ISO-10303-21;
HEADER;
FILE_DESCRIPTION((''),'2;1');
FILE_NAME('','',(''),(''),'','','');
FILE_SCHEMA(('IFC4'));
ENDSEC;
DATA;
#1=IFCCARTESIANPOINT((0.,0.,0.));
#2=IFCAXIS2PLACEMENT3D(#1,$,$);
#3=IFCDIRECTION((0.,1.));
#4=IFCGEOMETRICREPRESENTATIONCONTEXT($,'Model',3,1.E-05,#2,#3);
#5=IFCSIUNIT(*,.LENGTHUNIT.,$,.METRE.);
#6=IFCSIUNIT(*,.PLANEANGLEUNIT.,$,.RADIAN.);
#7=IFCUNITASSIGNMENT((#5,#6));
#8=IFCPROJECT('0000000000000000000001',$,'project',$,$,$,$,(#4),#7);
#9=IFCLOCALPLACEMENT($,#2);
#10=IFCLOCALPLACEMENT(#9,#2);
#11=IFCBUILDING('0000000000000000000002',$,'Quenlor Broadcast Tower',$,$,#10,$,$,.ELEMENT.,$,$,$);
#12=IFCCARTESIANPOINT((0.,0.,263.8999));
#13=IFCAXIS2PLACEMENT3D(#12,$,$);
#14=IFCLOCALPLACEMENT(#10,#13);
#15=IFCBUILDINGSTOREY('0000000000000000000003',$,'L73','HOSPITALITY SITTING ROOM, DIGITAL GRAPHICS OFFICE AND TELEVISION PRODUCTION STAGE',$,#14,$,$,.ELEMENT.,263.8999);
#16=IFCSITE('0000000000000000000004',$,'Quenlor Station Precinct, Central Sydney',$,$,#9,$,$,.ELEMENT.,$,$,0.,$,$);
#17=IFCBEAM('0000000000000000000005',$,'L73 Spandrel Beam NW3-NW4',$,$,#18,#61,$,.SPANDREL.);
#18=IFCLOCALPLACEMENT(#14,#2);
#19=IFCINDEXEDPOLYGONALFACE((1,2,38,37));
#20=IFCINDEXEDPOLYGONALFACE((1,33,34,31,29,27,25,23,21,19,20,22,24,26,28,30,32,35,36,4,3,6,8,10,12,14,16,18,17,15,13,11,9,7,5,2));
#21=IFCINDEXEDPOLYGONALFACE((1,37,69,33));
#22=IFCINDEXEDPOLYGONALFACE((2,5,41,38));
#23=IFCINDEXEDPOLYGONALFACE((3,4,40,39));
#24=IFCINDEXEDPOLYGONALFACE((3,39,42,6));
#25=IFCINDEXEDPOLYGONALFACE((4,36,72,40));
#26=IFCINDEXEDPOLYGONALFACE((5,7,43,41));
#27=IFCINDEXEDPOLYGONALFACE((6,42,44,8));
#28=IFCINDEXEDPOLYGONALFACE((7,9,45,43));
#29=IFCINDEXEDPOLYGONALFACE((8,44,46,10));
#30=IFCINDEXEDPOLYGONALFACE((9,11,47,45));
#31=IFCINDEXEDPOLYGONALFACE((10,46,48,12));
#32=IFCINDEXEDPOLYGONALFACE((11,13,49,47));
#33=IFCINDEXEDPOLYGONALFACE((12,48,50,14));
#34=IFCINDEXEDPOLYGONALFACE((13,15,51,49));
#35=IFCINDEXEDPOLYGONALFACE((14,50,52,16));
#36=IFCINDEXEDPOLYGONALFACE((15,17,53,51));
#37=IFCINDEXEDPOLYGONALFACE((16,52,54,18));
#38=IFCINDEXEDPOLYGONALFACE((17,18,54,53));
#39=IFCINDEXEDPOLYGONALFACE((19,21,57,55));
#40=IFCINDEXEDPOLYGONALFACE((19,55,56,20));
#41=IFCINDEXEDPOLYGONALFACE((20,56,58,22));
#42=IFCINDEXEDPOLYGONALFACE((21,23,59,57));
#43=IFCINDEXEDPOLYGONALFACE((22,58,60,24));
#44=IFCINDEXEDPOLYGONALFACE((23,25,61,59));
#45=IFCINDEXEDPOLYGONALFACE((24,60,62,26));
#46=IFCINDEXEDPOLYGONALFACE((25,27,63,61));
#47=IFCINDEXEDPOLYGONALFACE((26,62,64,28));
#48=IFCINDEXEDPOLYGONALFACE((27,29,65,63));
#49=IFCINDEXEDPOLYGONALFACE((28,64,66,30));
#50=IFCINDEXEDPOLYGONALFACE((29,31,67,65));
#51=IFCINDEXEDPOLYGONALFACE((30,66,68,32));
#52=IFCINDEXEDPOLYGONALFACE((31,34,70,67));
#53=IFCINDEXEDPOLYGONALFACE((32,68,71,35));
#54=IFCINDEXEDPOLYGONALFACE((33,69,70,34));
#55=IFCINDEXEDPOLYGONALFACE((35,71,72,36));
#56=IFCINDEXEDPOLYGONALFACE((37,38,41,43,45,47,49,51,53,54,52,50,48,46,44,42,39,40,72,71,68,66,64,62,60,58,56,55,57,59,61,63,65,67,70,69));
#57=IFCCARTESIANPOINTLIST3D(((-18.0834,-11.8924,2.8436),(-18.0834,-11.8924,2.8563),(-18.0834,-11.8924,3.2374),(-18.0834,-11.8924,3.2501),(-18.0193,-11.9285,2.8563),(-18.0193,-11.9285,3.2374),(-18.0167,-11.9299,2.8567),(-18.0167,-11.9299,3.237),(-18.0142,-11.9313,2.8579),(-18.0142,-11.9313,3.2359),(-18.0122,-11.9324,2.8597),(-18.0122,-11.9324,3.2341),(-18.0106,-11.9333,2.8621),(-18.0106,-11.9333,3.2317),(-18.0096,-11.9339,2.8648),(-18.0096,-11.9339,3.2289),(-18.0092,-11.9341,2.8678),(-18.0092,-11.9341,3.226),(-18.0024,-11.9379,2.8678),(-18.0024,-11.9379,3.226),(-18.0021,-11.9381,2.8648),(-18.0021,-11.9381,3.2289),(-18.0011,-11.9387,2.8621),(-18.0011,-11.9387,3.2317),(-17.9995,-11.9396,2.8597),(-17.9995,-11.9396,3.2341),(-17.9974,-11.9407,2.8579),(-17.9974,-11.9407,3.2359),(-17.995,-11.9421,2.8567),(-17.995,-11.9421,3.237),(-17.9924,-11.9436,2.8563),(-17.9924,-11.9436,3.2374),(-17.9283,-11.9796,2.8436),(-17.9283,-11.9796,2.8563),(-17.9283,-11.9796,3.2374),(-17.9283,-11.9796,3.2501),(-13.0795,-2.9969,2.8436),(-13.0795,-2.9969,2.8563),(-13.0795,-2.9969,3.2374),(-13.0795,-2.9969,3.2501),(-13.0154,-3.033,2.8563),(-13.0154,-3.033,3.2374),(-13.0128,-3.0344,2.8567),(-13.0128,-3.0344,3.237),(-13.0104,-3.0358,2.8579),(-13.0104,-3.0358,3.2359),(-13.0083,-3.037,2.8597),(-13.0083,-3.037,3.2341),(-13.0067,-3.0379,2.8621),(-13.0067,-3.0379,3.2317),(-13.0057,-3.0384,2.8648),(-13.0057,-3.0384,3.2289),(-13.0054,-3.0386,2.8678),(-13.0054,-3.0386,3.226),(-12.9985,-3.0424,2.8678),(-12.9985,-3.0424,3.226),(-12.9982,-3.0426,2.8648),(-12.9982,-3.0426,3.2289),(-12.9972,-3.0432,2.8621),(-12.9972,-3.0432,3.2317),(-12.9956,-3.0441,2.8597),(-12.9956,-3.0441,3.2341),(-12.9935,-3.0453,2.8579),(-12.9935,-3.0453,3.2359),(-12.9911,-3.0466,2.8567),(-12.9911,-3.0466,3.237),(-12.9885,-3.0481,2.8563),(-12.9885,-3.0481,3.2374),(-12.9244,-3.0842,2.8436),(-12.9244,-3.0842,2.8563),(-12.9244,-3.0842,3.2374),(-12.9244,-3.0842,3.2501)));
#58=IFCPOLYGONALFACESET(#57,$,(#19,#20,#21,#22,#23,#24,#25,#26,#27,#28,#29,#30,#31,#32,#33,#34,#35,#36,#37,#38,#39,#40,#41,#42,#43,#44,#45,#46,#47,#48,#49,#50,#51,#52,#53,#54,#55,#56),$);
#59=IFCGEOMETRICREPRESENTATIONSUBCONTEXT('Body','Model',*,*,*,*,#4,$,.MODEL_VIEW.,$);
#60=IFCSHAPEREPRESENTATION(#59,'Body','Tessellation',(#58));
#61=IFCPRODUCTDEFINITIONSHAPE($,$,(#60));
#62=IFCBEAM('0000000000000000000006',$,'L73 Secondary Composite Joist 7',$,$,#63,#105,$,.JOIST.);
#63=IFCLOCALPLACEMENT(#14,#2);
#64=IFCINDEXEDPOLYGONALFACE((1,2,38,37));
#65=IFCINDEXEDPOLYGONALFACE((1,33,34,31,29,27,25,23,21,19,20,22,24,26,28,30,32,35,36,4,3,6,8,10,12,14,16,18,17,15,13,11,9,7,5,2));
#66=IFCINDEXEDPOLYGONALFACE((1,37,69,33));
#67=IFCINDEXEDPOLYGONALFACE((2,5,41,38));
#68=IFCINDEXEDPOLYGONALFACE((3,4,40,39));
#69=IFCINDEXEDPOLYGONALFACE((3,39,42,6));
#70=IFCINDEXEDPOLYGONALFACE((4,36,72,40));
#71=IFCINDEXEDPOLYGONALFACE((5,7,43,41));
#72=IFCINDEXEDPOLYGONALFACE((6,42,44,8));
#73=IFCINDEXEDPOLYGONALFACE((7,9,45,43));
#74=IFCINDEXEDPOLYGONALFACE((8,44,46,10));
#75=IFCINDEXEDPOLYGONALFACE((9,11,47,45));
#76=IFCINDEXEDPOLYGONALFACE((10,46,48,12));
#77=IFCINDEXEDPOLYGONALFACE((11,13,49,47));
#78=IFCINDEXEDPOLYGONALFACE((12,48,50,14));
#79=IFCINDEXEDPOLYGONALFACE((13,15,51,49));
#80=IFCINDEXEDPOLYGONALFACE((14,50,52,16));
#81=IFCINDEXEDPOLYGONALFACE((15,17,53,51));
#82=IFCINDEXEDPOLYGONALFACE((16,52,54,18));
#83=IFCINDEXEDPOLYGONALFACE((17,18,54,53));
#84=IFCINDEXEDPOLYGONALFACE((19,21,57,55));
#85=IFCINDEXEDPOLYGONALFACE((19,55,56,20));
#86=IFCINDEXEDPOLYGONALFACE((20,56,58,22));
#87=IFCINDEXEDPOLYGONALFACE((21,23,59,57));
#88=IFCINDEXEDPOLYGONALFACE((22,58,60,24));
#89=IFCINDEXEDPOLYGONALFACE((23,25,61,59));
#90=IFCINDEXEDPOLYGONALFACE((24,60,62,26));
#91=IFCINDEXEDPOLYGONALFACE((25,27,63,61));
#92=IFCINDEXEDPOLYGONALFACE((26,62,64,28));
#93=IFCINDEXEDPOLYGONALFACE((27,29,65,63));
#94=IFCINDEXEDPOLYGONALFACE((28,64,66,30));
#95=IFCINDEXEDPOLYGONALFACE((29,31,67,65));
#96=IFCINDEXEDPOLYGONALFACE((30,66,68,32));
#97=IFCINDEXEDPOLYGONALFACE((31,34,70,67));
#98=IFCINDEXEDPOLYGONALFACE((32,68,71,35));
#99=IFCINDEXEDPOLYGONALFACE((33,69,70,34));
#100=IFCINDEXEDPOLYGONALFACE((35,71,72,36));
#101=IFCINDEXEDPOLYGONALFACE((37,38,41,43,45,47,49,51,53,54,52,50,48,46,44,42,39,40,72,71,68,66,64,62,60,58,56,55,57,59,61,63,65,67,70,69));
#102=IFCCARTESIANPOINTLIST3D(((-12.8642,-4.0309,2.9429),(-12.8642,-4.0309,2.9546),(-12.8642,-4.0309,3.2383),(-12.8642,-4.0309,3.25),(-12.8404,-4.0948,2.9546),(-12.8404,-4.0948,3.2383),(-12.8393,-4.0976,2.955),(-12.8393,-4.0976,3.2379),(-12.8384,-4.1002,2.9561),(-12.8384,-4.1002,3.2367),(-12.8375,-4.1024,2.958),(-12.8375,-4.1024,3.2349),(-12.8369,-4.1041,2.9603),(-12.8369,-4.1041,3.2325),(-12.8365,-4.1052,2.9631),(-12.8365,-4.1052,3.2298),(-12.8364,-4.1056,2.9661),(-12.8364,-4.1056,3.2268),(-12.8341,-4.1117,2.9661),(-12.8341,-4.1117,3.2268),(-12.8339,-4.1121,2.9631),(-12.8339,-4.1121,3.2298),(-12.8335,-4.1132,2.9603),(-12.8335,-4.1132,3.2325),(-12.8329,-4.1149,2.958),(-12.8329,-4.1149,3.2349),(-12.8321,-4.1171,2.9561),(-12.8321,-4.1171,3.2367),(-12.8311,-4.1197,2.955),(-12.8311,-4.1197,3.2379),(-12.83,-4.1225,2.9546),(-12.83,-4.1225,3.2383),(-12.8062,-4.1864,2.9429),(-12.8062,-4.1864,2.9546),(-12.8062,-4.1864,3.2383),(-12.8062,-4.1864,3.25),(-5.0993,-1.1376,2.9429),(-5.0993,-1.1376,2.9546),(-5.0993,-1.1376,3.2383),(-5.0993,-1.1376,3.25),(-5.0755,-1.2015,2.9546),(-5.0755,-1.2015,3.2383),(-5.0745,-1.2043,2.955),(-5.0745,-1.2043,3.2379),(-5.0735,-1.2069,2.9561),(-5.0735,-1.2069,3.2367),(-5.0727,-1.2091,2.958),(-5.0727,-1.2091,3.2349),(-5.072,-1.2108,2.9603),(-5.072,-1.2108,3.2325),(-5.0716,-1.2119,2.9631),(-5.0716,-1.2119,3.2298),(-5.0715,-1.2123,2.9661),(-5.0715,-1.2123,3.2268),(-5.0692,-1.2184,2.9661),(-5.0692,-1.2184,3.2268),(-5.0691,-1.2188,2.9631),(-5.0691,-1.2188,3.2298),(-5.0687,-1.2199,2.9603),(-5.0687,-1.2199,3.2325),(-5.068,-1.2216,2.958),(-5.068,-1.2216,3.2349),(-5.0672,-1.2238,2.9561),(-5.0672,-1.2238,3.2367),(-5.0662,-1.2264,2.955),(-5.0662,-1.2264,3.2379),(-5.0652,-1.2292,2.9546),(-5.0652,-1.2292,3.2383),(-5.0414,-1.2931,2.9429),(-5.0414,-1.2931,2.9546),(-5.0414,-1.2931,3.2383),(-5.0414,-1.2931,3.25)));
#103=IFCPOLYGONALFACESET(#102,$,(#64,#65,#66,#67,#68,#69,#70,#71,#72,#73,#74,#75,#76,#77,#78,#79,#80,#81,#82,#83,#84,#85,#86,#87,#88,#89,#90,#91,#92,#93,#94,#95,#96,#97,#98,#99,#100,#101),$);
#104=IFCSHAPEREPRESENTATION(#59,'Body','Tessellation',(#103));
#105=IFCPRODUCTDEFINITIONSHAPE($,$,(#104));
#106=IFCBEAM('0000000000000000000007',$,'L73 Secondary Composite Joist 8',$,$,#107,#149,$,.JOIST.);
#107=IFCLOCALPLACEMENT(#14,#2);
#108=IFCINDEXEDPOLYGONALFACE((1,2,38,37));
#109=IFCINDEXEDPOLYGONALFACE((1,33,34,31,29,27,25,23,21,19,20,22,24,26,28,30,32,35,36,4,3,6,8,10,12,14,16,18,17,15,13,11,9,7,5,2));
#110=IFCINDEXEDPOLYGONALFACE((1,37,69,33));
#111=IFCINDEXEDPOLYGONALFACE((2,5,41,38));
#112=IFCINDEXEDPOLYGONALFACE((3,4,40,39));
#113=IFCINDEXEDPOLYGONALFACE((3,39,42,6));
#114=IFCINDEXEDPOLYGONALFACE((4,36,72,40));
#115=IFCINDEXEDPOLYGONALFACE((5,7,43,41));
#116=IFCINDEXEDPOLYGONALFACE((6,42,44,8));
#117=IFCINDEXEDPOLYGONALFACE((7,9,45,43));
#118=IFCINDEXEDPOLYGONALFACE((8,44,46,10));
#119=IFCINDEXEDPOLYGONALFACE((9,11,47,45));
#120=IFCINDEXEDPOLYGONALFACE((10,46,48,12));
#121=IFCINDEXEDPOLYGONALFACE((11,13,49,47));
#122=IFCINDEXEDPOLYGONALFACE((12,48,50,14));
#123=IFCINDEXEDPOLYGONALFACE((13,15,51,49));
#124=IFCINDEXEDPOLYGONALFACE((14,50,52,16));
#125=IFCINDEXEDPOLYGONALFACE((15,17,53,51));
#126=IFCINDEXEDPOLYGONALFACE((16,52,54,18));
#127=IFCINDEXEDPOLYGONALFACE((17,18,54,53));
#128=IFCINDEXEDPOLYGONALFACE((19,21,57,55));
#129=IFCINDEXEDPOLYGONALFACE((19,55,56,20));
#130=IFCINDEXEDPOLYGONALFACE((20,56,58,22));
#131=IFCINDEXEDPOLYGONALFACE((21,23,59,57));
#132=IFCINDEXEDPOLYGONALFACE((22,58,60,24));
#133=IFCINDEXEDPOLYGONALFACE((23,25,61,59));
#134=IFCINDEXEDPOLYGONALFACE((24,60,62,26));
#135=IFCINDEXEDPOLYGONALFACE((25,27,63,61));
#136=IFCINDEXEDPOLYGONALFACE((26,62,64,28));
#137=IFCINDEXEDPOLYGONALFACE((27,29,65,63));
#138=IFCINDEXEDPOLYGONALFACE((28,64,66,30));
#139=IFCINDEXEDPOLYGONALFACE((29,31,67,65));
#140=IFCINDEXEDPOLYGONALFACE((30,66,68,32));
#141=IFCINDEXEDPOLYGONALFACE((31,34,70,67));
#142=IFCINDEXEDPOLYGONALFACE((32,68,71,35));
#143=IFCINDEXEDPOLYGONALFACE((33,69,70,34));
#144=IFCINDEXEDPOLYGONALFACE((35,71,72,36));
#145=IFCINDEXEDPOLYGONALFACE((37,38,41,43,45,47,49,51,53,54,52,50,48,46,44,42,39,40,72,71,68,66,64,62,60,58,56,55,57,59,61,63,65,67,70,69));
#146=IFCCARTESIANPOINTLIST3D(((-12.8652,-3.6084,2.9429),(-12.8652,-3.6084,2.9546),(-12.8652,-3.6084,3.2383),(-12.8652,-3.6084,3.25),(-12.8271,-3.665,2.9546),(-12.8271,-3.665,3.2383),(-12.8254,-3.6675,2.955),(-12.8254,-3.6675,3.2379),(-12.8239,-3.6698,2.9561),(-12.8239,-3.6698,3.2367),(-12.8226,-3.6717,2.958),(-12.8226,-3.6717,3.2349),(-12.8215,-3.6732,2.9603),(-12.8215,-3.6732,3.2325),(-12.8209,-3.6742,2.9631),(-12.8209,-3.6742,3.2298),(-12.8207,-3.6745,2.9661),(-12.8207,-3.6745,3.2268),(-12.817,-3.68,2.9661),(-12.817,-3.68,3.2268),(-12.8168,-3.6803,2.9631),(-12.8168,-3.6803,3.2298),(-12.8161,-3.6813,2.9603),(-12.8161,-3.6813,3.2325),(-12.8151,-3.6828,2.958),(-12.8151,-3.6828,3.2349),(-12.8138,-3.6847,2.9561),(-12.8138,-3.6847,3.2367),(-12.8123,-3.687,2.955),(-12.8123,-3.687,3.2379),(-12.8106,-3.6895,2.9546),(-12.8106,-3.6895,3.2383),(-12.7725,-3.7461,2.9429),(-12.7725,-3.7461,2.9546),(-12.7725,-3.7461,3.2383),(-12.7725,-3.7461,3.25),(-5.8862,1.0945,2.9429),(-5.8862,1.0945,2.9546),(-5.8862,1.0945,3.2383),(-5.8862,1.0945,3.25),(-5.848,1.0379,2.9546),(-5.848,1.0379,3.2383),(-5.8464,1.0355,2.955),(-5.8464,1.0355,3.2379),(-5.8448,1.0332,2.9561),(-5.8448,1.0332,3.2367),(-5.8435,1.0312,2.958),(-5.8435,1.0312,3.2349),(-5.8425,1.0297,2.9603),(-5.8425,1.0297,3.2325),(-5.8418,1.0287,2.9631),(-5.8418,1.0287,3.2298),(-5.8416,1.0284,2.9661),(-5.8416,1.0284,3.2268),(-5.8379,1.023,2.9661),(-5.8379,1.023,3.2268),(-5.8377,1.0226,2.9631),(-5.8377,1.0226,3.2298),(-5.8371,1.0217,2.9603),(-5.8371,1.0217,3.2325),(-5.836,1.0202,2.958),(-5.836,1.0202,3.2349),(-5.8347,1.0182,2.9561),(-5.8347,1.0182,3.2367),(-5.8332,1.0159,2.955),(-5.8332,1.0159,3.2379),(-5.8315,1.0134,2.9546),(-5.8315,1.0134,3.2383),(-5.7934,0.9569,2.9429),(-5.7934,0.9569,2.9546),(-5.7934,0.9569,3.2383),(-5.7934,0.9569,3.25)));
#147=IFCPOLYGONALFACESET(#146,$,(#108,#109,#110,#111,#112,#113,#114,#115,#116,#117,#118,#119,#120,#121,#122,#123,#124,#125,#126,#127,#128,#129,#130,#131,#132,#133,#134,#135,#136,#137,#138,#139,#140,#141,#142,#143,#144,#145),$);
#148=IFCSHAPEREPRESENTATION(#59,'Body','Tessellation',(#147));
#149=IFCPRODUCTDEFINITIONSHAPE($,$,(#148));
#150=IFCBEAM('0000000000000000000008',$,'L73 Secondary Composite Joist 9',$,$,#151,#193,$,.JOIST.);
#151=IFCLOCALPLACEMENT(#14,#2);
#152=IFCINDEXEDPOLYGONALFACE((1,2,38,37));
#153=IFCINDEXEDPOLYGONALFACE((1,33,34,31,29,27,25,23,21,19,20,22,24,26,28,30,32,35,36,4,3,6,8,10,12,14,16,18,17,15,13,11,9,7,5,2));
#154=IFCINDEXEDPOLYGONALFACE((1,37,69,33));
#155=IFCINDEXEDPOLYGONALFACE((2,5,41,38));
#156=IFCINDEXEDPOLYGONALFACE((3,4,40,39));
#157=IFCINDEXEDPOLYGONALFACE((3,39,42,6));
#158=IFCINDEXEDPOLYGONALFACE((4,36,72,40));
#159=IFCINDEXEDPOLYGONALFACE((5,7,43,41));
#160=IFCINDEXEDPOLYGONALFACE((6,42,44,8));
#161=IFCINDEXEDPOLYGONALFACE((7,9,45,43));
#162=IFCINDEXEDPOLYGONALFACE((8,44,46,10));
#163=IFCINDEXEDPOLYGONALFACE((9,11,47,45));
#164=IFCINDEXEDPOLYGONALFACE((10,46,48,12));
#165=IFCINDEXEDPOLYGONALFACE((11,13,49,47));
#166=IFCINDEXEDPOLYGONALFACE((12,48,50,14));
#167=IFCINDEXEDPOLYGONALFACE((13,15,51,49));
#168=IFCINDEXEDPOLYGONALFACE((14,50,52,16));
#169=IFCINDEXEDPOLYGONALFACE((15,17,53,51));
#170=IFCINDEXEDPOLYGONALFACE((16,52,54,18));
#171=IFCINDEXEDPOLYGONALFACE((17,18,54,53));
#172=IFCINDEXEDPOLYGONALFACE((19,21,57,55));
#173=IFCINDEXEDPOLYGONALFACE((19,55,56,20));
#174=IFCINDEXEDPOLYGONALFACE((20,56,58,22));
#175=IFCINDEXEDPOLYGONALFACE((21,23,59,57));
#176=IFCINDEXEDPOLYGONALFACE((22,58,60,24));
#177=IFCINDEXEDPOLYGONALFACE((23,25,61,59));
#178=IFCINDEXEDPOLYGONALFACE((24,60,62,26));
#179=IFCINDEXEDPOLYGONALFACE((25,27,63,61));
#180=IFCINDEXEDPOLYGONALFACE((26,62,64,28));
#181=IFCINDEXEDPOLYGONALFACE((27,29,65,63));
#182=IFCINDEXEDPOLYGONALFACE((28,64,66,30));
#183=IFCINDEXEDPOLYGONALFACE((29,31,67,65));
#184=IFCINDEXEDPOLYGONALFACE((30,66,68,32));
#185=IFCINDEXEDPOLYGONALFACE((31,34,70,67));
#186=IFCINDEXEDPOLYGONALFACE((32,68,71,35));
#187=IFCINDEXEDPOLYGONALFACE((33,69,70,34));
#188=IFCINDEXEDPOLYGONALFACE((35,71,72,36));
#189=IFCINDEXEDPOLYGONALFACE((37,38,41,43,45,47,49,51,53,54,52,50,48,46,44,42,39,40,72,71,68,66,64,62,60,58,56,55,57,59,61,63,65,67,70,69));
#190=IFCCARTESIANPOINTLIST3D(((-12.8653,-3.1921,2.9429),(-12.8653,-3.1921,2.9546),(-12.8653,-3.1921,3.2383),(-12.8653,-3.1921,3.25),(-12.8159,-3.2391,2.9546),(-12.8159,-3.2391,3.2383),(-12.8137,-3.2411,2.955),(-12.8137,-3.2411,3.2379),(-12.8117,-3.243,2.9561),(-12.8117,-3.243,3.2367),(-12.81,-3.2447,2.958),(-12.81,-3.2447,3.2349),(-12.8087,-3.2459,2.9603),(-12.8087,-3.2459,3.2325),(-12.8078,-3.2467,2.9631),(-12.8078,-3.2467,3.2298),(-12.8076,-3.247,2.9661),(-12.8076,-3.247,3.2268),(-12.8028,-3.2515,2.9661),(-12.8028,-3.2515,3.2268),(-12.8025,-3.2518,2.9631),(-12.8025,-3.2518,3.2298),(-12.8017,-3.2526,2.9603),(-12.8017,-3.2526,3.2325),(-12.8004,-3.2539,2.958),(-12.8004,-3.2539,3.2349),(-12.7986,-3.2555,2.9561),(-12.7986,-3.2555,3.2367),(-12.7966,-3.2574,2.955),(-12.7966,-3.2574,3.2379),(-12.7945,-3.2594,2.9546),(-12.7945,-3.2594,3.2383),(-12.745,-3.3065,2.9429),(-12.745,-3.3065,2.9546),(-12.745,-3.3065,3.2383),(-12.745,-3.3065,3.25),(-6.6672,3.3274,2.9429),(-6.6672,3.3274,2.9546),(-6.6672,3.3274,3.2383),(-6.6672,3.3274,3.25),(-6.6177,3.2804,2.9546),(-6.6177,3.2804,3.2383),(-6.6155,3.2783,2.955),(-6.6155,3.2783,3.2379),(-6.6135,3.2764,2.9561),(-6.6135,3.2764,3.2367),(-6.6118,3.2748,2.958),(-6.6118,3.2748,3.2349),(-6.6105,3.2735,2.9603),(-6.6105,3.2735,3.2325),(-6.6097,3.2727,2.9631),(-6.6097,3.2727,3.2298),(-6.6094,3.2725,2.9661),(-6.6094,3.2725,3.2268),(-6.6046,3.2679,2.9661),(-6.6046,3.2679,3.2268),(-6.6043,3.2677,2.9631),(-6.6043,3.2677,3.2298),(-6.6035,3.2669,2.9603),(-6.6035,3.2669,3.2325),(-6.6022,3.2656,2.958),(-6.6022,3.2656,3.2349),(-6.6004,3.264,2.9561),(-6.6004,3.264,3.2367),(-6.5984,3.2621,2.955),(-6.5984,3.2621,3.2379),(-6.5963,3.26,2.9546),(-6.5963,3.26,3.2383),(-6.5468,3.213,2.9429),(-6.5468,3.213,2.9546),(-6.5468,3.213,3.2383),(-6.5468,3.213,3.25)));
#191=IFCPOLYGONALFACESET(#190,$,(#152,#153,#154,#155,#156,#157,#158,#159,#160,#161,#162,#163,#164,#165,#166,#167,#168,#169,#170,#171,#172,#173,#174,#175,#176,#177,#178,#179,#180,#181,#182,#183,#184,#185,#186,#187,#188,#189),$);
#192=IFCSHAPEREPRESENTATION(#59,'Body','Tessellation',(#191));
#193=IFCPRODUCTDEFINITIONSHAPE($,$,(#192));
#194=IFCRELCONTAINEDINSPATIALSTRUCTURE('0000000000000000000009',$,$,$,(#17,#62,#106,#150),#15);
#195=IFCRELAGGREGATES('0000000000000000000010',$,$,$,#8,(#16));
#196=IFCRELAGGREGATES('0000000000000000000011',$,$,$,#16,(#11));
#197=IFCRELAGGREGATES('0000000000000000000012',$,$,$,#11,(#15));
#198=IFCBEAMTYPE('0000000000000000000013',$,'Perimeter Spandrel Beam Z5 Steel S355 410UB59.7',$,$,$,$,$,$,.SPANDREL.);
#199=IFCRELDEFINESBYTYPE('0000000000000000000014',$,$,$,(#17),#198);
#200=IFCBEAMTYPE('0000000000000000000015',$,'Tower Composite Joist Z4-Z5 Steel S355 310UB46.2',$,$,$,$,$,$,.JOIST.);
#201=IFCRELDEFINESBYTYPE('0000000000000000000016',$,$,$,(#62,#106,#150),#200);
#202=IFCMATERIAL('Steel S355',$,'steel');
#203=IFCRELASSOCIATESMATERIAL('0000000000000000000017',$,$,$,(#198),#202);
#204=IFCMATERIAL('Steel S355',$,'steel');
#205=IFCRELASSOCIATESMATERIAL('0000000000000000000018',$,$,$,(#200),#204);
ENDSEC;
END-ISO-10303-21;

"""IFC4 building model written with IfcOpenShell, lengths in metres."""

from ifc_helpers import new_model, si_unit, direction, frame, origin, origin_2d, place, context, subcontext, project, spatial, i_section, extrude, material, material_profile, profile_set, type_object, element, save


model = new_model("IFC4")

# Units and contexts
model_context = context("Model", 3, precision=1e-05, world=origin(), true_north=direction((0.0, 1.0)))
body_context = subcontext(model_context, "Body", "Model", "MODEL_VIEW")
ifc_project = project(units=[si_unit("LENGTHUNIT", "METRE"), si_unit("PLANEANGLEUNIT", "RADIAN")], contexts=[model_context])

# Site, building, storey
site_placement = place(None, origin())
site = spatial("IfcSite", under=ifc_project, at=site_placement, Name="Quenlor Station Precinct, Central Sydney", CompositionType="ELEMENT", RefElevation=0.0)
building_placement = place(site_placement, origin())
building = spatial("IfcBuilding", under=site, at=building_placement, Name="Quenlor Broadcast Tower", CompositionType="ELEMENT")
storey_placement = place(building_placement, frame((0.0, 0.0, 263.8999)))
storey = spatial("IfcBuildingStorey", under=building, at=storey_placement, Name="L73", Description="HOSPITALITY SITTING ROOM, DIGITAL GRAPHICS OFFICE AND TELEVISION PRODUCTION STAGE", CompositionType="ELEMENT", Elevation=263.8999)

# Beams
ifc_material_1 = material(Name="Steel S355", Category="steel")
ifc_material_profile_1 = material_profile(ifc_material_1, i_section(OverallWidth=0.178, OverallDepth=0.4065, WebThickness=0.0078, FlangeThickness=0.0127, FilletRadius=0.0115, at=origin_2d()))
ifc_profile_set_1 = profile_set([ifc_material_profile_1], Name="Steel S355 410UB59.7")
beam_type_1 = type_object("IfcBeamType", Name="Perimeter Spandrel Beam Z5 Steel S355 410UB59.7", PredefinedType="SPANDREL", material=ifc_profile_set_1)
beam_1_placement = place(storey_placement, frame((-13.002, -3.0405, 3.0469), z_axis=(-0.490275, -0.871568, 0.0), x_axis=(0.871568, -0.490275, 0.0)))
element("IfcBeam", 1, at=beam_1_placement, inside=storey, type_object=beam_type_1, Name="L73 Spandrel Beam NW3-NW4", PredefinedType="SPANDREL", context=body_context, shape_type="SweptSolid", body=[
    extrude(i_section(OverallWidth=0.178, OverallDepth=0.4065, WebThickness=0.0078, FlangeThickness=0.0127, FilletRadius=0.0115, at=origin_2d()), origin(), (0.0, 0.0, 1.0), 10.2063),
])
ifc_material_2 = material(Name="Steel S355", Category="steel")
ifc_material_profile_2 = material_profile(ifc_material_2, i_section(OverallWidth=0.166, OverallDepth=0.3071, WebThickness=0.0066, FlangeThickness=0.0117, FilletRadius=0.0115, at=origin_2d()))
ifc_profile_set_2 = profile_set([ifc_material_profile_2], Name="Steel S355 310UB46.2")
beam_type_2 = type_object("IfcBeamType", Name="Tower Composite Joist Z4-Z5 Steel S355 310UB46.2", PredefinedType="JOIST", material=ifc_profile_set_2)
beam_2_placement = place(storey_placement, frame((-12.8352, -4.1086, 3.0964), z_axis=(0.937062, 0.349163, 0.0), x_axis=(-0.349163, 0.937062, 0.0)))
element("IfcBeam", 2, at=beam_2_placement, inside=storey, type_object=beam_type_2, Name="L73 Secondary Composite Joist 7", PredefinedType="JOIST", context=body_context, shape_type="SweptSolid", body=[
    extrude(i_section(OverallWidth=0.166, OverallDepth=0.3071, WebThickness=0.0066, FlangeThickness=0.0117, FilletRadius=0.0115, at=origin_2d()), origin(), (0.0, 0.0, 1.0), 8.2864),
])
beam_3_placement = place(storey_placement, frame((-12.8188, -3.6772, 3.0964), z_axis=(0.829286, 0.558824, 0.0), x_axis=(-0.558824, 0.829286, 0.0)))
element("IfcBeam", 3, at=beam_3_placement, inside=storey, type_object=beam_type_2, Name="L73 Secondary Composite Joist 8", PredefinedType="JOIST", context=body_context, shape_type="SweptSolid", body=[
    extrude(i_section(OverallWidth=0.166, OverallDepth=0.3071, WebThickness=0.0066, FlangeThickness=0.0117, FilletRadius=0.0115, at=origin_2d()), origin(), (0.0, 0.0, 1.0), 8.4158),
])
beam_4_placement = place(storey_placement, frame((-12.8052, -3.2493, 3.0964), z_axis=(0.689023, 0.724739, 0.0), x_axis=(-0.724739, 0.689023, 0.0)))
element("IfcBeam", 4, at=beam_4_placement, inside=storey, type_object=beam_type_2, Name="L73 Secondary Composite Joist 9", PredefinedType="JOIST", context=body_context, shape_type="SweptSolid", body=[
    extrude(i_section(OverallWidth=0.166, OverallDepth=0.3071, WebThickness=0.0066, FlangeThickness=0.0117, FilletRadius=0.0115, at=origin_2d()), origin(), (0.0, 0.0, 1.0), 8.9956),
])

save(model, "model.ifc")
